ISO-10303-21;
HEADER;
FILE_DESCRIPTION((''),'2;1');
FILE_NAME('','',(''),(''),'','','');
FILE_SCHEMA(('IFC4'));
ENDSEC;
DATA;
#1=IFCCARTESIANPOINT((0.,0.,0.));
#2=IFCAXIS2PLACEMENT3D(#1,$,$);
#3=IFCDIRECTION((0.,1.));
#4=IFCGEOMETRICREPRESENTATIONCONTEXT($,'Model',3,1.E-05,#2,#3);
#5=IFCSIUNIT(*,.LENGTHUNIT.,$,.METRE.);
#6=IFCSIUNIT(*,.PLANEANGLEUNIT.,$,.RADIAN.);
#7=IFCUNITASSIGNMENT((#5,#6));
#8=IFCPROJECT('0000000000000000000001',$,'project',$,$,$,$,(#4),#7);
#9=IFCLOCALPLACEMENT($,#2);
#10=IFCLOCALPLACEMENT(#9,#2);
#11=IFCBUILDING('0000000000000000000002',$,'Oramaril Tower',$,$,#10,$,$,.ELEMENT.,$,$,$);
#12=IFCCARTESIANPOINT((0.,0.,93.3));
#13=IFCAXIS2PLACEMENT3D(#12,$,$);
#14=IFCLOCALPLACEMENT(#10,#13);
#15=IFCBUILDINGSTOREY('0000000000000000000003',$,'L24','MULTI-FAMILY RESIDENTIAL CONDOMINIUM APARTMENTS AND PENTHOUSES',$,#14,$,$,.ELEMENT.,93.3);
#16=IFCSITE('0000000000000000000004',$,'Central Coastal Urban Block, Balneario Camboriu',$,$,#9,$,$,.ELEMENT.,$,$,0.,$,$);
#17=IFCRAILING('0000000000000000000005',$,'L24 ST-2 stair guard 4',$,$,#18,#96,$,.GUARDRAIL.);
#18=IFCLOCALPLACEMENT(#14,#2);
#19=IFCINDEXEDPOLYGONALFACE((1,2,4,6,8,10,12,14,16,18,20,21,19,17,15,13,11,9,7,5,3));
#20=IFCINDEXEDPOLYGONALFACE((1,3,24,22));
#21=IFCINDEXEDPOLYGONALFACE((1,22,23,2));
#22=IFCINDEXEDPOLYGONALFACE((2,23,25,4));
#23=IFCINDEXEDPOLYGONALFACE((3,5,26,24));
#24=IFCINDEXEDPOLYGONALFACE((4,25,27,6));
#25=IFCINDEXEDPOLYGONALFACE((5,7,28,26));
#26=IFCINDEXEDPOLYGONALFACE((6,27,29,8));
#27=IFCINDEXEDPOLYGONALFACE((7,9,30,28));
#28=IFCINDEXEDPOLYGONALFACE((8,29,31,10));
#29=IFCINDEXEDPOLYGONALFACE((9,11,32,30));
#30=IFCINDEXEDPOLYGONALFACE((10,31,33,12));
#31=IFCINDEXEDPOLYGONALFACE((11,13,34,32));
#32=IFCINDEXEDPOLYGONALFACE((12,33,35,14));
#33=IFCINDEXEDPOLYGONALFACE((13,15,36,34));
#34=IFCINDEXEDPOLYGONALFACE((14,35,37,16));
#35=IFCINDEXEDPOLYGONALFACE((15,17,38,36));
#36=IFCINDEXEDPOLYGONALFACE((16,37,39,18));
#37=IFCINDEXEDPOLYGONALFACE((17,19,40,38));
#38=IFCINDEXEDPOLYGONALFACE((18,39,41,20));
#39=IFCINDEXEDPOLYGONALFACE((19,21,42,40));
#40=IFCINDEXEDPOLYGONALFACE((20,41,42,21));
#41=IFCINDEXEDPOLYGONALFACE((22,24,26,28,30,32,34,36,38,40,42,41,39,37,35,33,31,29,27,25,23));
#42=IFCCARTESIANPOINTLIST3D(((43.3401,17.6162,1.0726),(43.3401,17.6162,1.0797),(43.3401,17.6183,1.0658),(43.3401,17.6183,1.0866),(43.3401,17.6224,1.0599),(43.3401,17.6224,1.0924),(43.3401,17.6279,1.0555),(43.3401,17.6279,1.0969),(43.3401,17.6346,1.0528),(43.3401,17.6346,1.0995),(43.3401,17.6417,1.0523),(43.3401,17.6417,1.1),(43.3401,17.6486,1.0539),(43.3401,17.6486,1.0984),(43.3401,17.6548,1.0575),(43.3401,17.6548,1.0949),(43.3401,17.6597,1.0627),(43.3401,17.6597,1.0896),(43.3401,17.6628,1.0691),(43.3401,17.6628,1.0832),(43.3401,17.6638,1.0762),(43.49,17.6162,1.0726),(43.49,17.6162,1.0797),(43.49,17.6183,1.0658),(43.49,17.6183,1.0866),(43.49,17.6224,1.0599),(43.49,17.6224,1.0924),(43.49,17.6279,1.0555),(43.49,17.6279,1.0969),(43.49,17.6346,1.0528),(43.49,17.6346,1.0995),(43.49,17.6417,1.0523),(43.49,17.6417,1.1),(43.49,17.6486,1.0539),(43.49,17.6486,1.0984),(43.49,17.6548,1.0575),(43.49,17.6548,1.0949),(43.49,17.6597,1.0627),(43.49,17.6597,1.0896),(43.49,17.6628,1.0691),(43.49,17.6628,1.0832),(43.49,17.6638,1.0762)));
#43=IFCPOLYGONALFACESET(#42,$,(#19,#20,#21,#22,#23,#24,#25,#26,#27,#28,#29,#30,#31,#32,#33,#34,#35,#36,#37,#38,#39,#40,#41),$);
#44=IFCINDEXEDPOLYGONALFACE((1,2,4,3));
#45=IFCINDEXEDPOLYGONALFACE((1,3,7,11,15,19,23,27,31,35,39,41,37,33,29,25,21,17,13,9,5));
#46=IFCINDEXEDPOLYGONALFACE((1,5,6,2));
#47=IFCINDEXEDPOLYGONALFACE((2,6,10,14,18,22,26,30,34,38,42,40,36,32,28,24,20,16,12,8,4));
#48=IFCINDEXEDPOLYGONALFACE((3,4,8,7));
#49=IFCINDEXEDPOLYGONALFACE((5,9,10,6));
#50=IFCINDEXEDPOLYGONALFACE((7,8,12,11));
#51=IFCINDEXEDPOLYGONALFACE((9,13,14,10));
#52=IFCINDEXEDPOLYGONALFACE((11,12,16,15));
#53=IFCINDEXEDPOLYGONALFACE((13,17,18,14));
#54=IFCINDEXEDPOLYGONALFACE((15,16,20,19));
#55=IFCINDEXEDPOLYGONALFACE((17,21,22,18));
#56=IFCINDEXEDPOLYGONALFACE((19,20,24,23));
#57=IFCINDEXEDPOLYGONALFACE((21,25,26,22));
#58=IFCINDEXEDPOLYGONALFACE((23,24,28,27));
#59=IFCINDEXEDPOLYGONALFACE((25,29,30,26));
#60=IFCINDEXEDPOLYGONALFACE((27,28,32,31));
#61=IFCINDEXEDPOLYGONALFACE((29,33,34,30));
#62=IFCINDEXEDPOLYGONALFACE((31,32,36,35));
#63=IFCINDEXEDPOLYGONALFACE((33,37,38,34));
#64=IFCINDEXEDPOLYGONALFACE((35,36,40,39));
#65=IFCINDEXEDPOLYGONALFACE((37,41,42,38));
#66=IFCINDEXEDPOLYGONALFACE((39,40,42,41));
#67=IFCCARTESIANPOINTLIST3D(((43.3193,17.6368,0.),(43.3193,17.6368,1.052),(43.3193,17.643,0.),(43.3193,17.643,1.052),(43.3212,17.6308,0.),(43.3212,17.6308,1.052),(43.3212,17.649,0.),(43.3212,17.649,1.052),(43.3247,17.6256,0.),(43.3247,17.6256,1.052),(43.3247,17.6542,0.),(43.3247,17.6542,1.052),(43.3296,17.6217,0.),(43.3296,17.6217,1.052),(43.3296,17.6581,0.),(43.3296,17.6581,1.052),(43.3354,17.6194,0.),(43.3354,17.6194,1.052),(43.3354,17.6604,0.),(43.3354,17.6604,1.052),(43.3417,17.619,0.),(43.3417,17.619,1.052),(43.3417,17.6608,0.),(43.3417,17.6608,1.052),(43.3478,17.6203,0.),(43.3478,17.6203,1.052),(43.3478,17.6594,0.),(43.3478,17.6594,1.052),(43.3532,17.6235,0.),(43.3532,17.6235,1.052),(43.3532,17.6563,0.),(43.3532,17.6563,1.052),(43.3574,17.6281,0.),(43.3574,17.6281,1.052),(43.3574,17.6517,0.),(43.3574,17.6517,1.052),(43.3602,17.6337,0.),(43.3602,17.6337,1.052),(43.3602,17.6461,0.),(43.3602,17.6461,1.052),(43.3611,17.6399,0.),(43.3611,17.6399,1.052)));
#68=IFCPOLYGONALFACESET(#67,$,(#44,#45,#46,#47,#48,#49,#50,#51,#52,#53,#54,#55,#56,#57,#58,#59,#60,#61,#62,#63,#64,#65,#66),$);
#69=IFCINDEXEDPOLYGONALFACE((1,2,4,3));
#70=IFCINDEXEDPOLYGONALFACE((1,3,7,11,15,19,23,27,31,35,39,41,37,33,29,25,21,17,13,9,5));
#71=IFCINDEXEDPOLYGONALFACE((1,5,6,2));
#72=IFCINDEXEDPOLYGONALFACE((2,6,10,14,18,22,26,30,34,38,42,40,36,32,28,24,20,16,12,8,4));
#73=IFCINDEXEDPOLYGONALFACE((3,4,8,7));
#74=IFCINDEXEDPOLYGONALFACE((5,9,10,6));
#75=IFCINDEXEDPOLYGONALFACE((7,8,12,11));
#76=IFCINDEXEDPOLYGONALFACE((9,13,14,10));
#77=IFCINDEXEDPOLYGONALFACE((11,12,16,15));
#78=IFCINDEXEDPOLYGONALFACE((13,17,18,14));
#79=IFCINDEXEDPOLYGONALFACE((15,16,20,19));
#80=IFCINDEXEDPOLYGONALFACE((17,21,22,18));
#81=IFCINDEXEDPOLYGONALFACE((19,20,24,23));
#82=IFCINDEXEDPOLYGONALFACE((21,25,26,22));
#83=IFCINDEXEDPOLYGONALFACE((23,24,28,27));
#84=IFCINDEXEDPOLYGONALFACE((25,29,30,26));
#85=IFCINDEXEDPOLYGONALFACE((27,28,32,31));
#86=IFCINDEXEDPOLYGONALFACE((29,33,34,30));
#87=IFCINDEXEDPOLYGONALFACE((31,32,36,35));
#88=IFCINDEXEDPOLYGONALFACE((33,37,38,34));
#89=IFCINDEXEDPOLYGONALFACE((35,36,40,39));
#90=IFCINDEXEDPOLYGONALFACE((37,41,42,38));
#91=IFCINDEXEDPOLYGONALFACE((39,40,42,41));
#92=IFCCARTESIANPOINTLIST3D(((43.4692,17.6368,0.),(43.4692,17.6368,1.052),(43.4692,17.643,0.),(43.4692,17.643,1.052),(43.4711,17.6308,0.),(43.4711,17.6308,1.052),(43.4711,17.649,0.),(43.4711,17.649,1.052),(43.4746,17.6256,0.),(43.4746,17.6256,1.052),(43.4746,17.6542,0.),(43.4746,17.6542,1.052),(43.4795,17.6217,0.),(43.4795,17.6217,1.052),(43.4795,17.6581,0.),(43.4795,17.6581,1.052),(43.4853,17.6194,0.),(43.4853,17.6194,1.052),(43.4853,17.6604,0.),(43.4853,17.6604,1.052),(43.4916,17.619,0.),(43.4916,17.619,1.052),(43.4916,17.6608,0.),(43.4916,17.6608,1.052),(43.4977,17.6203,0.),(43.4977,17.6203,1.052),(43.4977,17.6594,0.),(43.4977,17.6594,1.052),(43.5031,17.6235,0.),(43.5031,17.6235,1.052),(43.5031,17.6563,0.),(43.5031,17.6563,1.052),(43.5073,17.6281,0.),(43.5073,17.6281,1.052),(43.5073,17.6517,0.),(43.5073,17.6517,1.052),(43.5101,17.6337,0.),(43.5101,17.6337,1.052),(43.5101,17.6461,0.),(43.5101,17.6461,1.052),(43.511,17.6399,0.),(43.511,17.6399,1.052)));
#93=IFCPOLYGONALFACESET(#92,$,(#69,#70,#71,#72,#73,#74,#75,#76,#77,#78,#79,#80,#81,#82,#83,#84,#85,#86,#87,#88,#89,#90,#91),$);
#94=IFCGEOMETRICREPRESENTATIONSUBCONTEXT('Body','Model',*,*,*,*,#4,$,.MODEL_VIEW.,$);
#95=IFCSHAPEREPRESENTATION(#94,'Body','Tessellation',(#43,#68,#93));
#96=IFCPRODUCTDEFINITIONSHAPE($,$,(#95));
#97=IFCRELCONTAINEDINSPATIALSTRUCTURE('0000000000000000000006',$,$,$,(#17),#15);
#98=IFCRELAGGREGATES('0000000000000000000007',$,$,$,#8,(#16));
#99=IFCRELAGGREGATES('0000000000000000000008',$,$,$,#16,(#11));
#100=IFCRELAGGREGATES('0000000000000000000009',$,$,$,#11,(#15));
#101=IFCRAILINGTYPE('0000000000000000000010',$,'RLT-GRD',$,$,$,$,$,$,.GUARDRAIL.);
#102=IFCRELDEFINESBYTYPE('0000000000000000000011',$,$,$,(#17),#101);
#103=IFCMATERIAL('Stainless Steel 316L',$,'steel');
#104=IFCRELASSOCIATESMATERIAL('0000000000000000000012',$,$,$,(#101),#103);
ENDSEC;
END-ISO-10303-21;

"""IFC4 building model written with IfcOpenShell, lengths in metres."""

from ifc_helpers import new_model, si_unit, direction, frame, origin, origin_2d, place, context, subcontext, project, spatial, circle, extrude, material, type_object, element, save


model = new_model("IFC4")

# Units and contexts
model_context = context("Model", 3, precision=1e-05, world=origin(), true_north=direction((0.0, 1.0)))
body_context = subcontext(model_context, "Body", "Model", "MODEL_VIEW")
ifc_project = project(units=[si_unit("LENGTHUNIT", "METRE"), si_unit("PLANEANGLEUNIT", "RADIAN")], contexts=[model_context])

# Site, building, storey
site_placement = place(None, origin())
site = spatial("IfcSite", under=ifc_project, at=site_placement, Name="Central Coastal Urban Block, Balneario Camboriu", CompositionType="ELEMENT", RefElevation=0.0)
building_placement = place(site_placement, origin())
building = spatial("IfcBuilding", under=site, at=building_placement, Name="Oramaril Tower", CompositionType="ELEMENT")
storey_placement = place(building_placement, frame((0.0, 0.0, 93.3)))
storey = spatial("IfcBuildingStorey", under=building, at=storey_placement, Name="L24", Description="MULTI-FAMILY RESIDENTIAL CONDOMINIUM APARTMENTS AND PENTHOUSES", CompositionType="ELEMENT", Elevation=93.3)

# Railing
ifc_material_1 = material(Name="Stainless Steel 316L", Category="steel")
railing_type_1 = type_object("IfcRailingType", Name="RLT-GRD", PredefinedType="GUARDRAIL", material=ifc_material_1)
railing_1_placement = place(storey_placement, frame((43.3401, 17.6399, 0.0)))
element("IfcRailing", 1, at=railing_1_placement, inside=storey, type_object=railing_type_1, Name="L24 ST-2 stair guard 4", PredefinedType="GUARDRAIL", context=body_context, shape_type="SweptSolid", body=[
    extrude(circle(Radius=0.0239, at=origin_2d()), frame((0.0, 0.0, 1.0762), z_axis=(1.0, 0.0, 0.0), x_axis=(0.0, 1.0, 0.0)), (0.0, 0.0, 1.0), 0.1499),
    extrude(circle(Radius=0.021, at=origin_2d()), origin(), (0.0, 0.0, 1.0), 1.052),
    extrude(circle(Radius=0.021, at=origin_2d()), frame((0.1499, 0.0, 0.0)), (0.0, 0.0, 1.0), 1.052),
])

save(model, "model.ifc")
